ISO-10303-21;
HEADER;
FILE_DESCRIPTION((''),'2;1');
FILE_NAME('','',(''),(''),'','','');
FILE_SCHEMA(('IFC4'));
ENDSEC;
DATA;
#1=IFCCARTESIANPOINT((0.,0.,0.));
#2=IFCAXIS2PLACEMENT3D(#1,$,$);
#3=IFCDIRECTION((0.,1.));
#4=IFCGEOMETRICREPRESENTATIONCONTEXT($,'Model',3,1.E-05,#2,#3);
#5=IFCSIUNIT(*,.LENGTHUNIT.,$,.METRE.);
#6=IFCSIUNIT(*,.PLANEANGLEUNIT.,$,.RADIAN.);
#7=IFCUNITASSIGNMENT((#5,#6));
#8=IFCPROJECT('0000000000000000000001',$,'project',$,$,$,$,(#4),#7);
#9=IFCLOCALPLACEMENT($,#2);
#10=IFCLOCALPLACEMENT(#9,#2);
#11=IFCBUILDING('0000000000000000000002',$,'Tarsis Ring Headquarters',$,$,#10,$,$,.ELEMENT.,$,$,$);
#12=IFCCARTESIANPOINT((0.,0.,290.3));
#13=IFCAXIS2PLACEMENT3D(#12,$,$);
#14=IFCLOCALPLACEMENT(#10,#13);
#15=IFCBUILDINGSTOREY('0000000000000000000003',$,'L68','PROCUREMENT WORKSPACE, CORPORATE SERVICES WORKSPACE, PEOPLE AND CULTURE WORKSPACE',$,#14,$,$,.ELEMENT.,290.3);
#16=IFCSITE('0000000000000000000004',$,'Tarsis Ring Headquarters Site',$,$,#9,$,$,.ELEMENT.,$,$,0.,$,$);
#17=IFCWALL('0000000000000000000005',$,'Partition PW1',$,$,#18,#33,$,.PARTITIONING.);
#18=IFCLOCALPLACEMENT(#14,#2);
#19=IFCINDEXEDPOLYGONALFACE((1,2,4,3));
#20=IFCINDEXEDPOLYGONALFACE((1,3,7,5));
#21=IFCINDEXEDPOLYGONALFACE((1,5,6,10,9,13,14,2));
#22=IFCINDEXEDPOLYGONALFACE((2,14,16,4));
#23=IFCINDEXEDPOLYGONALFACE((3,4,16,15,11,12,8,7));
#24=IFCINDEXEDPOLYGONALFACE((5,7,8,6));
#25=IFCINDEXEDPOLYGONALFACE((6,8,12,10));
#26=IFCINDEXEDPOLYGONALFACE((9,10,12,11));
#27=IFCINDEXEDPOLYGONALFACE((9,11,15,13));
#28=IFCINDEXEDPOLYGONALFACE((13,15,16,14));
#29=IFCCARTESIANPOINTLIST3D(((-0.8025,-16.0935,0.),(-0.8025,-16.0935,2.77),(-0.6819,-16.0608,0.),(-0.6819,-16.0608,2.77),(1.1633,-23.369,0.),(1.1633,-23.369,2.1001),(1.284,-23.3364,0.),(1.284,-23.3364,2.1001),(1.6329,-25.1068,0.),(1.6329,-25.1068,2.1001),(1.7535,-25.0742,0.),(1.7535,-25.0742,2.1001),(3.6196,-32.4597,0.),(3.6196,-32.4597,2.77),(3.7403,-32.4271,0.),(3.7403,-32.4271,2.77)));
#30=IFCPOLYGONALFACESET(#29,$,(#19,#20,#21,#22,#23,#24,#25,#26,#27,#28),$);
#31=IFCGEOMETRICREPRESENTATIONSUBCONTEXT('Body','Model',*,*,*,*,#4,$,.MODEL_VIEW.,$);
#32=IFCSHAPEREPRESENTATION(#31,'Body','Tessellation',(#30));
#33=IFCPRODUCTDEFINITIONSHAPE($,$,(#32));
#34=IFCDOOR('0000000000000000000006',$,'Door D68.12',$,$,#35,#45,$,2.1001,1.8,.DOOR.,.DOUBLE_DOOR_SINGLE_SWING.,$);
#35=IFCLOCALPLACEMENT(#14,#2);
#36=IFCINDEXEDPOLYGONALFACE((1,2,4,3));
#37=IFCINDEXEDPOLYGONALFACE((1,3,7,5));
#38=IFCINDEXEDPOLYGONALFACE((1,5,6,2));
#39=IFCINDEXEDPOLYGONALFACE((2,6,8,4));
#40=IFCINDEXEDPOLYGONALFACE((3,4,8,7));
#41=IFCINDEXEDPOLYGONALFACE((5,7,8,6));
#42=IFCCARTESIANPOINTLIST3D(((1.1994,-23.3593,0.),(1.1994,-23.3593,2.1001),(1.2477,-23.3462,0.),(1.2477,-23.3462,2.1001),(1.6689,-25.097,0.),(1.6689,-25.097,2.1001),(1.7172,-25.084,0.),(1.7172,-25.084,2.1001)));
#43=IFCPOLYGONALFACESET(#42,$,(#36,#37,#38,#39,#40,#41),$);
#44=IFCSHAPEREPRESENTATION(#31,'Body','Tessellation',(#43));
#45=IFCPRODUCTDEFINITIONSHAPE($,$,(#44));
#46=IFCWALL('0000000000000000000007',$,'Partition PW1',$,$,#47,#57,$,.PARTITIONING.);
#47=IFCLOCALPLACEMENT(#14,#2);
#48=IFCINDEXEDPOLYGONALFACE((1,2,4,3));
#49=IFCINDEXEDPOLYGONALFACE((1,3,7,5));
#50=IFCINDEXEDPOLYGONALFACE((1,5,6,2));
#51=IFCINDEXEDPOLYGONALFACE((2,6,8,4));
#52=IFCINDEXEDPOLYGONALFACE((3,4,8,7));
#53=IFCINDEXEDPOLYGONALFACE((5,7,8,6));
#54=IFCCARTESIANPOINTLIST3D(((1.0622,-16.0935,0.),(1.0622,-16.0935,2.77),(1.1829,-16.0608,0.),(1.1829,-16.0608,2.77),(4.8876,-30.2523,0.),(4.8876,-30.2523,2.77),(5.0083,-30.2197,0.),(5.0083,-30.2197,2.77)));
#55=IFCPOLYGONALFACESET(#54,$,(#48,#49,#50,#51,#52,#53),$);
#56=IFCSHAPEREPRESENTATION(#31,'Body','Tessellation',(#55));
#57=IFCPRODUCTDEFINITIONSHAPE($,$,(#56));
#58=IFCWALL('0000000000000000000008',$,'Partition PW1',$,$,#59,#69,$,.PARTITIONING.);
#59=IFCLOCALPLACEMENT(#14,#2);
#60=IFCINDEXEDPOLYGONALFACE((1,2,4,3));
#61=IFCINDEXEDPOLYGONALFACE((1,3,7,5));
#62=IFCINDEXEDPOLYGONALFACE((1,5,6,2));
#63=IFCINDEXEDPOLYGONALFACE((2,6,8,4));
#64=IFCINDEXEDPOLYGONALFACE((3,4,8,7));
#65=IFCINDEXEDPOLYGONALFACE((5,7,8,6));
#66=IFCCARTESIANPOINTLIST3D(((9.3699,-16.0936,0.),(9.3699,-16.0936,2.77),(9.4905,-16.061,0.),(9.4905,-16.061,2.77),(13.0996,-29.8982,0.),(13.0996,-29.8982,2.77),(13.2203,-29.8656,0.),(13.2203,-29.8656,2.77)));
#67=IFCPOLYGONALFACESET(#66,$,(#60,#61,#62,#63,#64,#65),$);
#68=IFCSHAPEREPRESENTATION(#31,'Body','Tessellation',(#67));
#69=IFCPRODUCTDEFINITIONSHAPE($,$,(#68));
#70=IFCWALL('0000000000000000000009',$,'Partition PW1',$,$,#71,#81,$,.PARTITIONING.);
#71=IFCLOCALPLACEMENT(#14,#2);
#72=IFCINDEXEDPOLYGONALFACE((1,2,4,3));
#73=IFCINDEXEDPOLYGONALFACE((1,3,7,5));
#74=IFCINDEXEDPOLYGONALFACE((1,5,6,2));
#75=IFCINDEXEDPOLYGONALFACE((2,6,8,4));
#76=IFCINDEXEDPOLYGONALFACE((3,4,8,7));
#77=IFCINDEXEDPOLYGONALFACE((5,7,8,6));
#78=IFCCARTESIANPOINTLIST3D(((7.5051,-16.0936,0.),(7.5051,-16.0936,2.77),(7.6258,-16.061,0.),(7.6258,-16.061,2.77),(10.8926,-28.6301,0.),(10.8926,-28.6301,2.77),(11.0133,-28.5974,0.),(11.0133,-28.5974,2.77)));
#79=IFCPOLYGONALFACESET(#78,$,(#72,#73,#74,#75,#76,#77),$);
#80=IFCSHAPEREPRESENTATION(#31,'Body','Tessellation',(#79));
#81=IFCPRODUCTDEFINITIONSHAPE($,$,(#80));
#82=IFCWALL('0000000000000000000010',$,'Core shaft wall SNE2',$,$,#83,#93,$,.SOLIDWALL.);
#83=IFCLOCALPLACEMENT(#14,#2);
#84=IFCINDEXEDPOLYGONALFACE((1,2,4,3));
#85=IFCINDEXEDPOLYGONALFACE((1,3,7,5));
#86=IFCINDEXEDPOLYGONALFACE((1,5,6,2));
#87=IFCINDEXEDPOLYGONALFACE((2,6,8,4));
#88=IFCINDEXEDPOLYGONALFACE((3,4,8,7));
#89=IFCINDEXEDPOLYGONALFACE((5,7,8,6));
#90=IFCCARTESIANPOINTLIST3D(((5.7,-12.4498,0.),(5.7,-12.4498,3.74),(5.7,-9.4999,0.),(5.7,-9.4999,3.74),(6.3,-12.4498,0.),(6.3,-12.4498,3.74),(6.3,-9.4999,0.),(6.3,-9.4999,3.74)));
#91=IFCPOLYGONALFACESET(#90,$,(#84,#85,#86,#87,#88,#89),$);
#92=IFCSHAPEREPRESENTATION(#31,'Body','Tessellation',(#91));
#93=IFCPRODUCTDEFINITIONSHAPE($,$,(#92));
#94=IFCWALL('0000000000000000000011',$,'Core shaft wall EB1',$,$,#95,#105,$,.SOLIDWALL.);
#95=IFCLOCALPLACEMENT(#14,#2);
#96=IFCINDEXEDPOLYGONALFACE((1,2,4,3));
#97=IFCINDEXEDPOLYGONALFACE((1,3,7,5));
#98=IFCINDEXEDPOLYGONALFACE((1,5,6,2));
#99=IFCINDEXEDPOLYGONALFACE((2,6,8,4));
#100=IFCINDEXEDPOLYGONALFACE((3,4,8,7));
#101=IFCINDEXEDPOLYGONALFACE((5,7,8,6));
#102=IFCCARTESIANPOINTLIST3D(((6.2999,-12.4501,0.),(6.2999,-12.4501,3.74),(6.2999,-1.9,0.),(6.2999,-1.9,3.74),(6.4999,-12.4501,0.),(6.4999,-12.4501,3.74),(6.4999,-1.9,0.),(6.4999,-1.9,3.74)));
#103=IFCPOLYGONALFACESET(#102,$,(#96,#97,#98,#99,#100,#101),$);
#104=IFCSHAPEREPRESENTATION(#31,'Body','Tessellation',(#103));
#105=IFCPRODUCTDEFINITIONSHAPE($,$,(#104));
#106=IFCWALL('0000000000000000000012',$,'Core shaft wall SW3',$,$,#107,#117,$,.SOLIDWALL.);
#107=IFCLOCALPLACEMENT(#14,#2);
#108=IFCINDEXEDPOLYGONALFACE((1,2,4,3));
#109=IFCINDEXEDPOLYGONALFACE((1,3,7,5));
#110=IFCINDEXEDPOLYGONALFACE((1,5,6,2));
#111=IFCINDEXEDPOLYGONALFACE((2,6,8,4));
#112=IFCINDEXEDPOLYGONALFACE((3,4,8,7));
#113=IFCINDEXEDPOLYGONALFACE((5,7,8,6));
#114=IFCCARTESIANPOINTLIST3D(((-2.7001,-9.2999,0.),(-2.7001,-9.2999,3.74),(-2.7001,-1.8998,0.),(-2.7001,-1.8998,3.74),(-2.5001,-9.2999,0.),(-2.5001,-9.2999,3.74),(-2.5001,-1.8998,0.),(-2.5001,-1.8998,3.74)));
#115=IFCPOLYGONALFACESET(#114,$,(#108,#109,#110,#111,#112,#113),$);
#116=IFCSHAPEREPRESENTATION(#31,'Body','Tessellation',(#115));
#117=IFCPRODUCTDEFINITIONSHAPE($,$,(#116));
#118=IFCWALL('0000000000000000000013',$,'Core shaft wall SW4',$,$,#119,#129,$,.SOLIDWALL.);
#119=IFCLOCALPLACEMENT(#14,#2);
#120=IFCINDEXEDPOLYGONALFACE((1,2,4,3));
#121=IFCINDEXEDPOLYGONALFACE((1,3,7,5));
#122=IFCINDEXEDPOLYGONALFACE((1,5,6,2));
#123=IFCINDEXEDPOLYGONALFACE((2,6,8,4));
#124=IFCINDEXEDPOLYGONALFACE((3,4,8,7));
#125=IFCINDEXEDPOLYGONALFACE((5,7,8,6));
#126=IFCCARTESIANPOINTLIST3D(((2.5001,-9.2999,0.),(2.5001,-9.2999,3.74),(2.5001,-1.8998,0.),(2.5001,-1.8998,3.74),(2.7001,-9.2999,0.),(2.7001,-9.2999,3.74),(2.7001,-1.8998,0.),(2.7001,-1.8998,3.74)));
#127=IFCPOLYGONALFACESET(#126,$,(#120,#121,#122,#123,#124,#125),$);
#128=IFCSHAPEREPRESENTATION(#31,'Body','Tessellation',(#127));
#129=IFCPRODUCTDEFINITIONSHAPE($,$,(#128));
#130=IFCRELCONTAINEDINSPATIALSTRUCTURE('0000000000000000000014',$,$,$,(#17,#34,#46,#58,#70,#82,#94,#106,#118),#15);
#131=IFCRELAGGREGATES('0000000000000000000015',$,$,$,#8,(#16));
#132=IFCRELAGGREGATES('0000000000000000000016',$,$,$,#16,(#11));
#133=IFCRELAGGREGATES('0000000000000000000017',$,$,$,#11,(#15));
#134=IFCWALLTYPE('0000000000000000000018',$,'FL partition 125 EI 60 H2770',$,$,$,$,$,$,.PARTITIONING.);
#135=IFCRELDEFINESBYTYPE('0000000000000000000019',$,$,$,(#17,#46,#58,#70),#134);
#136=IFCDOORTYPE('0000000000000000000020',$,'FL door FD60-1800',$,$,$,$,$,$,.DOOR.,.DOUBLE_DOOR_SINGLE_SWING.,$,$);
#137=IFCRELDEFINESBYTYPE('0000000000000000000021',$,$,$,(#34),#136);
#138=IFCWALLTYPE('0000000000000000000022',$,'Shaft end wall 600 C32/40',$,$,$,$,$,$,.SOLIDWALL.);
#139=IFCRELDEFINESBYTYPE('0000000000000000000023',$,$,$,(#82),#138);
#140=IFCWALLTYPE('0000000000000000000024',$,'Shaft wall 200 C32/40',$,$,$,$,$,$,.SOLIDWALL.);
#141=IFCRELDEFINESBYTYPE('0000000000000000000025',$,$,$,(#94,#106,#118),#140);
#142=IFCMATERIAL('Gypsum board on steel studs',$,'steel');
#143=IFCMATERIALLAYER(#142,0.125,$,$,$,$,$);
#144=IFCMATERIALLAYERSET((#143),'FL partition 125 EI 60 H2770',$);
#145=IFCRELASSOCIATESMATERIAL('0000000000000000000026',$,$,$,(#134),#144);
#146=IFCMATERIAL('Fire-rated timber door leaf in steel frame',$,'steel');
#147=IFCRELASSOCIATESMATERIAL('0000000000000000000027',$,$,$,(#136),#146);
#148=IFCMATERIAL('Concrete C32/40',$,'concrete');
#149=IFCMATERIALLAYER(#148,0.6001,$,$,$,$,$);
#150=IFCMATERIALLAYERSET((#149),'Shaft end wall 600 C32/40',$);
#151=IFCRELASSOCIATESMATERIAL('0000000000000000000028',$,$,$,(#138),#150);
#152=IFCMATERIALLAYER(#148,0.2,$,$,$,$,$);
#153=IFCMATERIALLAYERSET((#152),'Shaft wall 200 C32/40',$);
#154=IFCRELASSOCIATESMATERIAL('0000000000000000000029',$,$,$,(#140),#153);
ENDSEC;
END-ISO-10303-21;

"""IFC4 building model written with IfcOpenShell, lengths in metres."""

from ifc_helpers import new_model, si_unit, direction, frame, frame_2d, origin, place, context, subcontext, project, spatial, rectangle, extrude, material, layer, layer_set, type_object, element, fill, save


model = new_model("IFC4")

# Units and contexts
model_context = context("Model", 3, precision=1e-05, world=origin(), true_north=direction((0.0, 1.0)))
body_context = subcontext(model_context, "Body", "Model", "MODEL_VIEW")
ifc_project = project(units=[si_unit("LENGTHUNIT", "METRE"), si_unit("PLANEANGLEUNIT", "RADIAN")], contexts=[model_context])

# Site, building, storey
site_placement = place(None, origin())
site = spatial("IfcSite", under=ifc_project, at=site_placement, Name="Tarsis Ring Headquarters Site", CompositionType="ELEMENT", RefElevation=0.0)
building_placement = place(site_placement, origin())
building = spatial("IfcBuilding", under=site, at=building_placement, Name="Tarsis Ring Headquarters", CompositionType="ELEMENT")
storey_placement = place(building_placement, frame((0.0, 0.0, 290.3)))
storey = spatial("IfcBuildingStorey", under=building, at=storey_placement, Name="L68", Description="PROCUREMENT WORKSPACE, CORPORATE SERVICES WORKSPACE, PEOPLE AND CULTURE WORKSPACE", CompositionType="ELEMENT", Elevation=290.3)

# Shared definitions
ifc_material_1 = material(Name="Gypsum board on steel studs", Category="steel")

# Wall, opening, door
ifc_layer_1 = layer(ifc_material_1, 0.125)
ifc_layer_set_1 = layer_set([ifc_layer_1], Name="FL partition 125 EI 60 H2770")
wall_type_1 = type_object("IfcWallType", Name="FL partition 125 EI 60 H2770", PredefinedType="PARTITIONING", material=ifc_layer_set_1)
wall_1_placement = place(storey_placement, frame((-0.7422, -16.0771, 0.0), z_axis=(0.0, 0.0, 1.0), x_axis=(0.260844, -0.965381, 0.0)))
wall_1 = element("IfcWall", 1, at=wall_1_placement, inside=storey, type_object=wall_type_1, Name="Partition PW1", PredefinedType="PARTITIONING", context=body_context, shape_type="SweptSolid", body=[
    extrude(rectangle(XDim=16.9531, YDim=0.125, at=frame_2d((8.4766, 0.0))), origin(), (0.0, 0.0, 1.0), 2.77),
])
opening_1_placement = place(wall_1_placement, frame((7.5366, 0.0, 0.0)))
opening_1 = element("IfcOpeningElement", 2, at=opening_1_placement, cuts=wall_1, PredefinedType="OPENING", context=body_context, shape_type="SweptSolid", body=[
    extrude(rectangle(XDim=1.8, YDim=2.1001, at=frame_2d((0.8999, 1.05))), frame((0.0, 0.0725, 0.0), z_axis=(0.0, -1.0, 0.0), x_axis=(1.0, 0.0, 0.0)), (0.0, 0.0, 1.0), 0.145),
])
ifc_material_2 = material(Name="Fire-rated timber door leaf in steel frame", Category="steel")
door_type_1 = type_object("IfcDoorType", Name="FL door FD60-1800", OperationType="DOUBLE_DOOR_SINGLE_SWING", PredefinedType="DOOR", material=ifc_material_2)
door_1_placement = place(opening_1_placement, origin())
door_1 = element("IfcDoor", 3, at=door_1_placement, inside=storey, type_object=door_type_1, Name="Door D68.12", OperationType="DOUBLE_DOOR_SINGLE_SWING", OverallHeight=2.1001, OverallWidth=1.8, PredefinedType="DOOR", context=body_context, shape_type="SweptSolid", body=[
    extrude(rectangle(XDim=1.8, YDim=2.1001, at=frame_2d((0.8999, 1.05))), frame((0.0, 0.0249, 0.0), z_axis=(0.0, -1.0, 0.0), x_axis=(1.0, 0.0, 0.0)), (0.0, 0.0, 1.0), 0.05),
])
fill(opening_1, door_1)

# Walls
wall_2_placement = place(storey_placement, frame((1.1226, -16.0771, 0.0), z_axis=(0.0, 0.0, 1.0), x_axis=(0.260826, -0.965386, 0.0)))
element("IfcWall", 4, at=wall_2_placement, inside=storey, type_object=wall_type_1, Name="Partition PW1", PredefinedType="PARTITIONING", context=body_context, shape_type="SweptSolid", body=[
    extrude(rectangle(XDim=14.6665, YDim=0.125, at=frame_2d((7.3333, 0.0))), origin(), (0.0, 0.0, 1.0), 2.77),
])
wall_3_placement = place(storey_placement, frame((9.4302, -16.0771, 0.0), z_axis=(0.0, 0.0, 1.0), x_axis=(0.260827, -0.965386, 0.0)))
element("IfcWall", 5, at=wall_3_placement, inside=storey, type_object=wall_type_1, Name="Partition PW1", PredefinedType="PARTITIONING", context=body_context, shape_type="SweptSolid", body=[
    extrude(rectangle(XDim=14.2996, YDim=0.125, at=frame_2d((7.1499, 0.0))), origin(), (0.0, 0.0, 1.0), 2.77),
])
wall_4_placement = place(storey_placement, frame((7.5654, -16.0771, 0.0), z_axis=(0.0, 0.0, 1.0), x_axis=(0.260855, -0.965378, 0.0)))
element("IfcWall", 6, at=wall_4_placement, inside=storey, type_object=wall_type_1, Name="Partition PW1", PredefinedType="PARTITIONING", context=body_context, shape_type="SweptSolid", body=[
    extrude(rectangle(XDim=12.9861, YDim=0.125, at=frame_2d((6.4932, 0.0))), origin(), (0.0, 0.0, 1.0), 2.77),
])
ifc_material_3 = material(Name="Concrete C32/40", Category="concrete")
ifc_layer_2 = layer(ifc_material_3, 0.6001)
ifc_layer_set_2 = layer_set([ifc_layer_2], Name="Shaft end wall 600 C32/40")
wall_type_2 = type_object("IfcWallType", Name="Shaft end wall 600 C32/40", PredefinedType="SOLIDWALL", material=ifc_layer_set_2)
wall_5_placement = place(storey_placement, frame((6.0, -12.45, 0.0), z_axis=(0.0, 0.0, 1.0), x_axis=(0.0, 1.0, 0.0)))
element("IfcWall", 7, at=wall_5_placement, inside=storey, type_object=wall_type_2, Name="Core shaft wall SNE2", PredefinedType="SOLIDWALL", context=body_context, shape_type="SweptSolid", body=[
    extrude(rectangle(XDim=2.95, YDim=0.6001, at=frame_2d((1.4751, 0.0))), origin(), (0.0, 0.0, 1.0), 3.74),
])
ifc_layer_3 = layer(ifc_material_3, 0.2)
ifc_layer_set_3 = layer_set([ifc_layer_3], Name="Shaft wall 200 C32/40")
wall_type_3 = type_object("IfcWallType", Name="Shaft wall 200 C32/40", PredefinedType="SOLIDWALL", material=ifc_layer_set_3)
wall_6_placement = place(storey_placement, frame((6.3999, -12.45, 0.0), z_axis=(0.0, 0.0, 1.0), x_axis=(0.0, 1.0, 0.0)))
element("IfcWall", 8, at=wall_6_placement, inside=storey, type_object=wall_type_3, Name="Core shaft wall EB1", PredefinedType="SOLIDWALL", context=body_context, shape_type="SweptSolid", body=[
    extrude(rectangle(XDim=10.55, YDim=0.2, at=frame_2d((5.2749, 0.0))), origin(), (0.0, 0.0, 1.0), 3.74),
])
for number, where, z_axis, x_axis, name in (
    (9, (-2.6001, -9.3, 0.0), (0.0, 0.0, 1.0), (0.0, 1.0, 0.0), "Core shaft wall SW3"),
    (10, (2.6001, -9.3, 0.0), (0.0, 0.0, 1.0), (0.0, 1.0, 0.0), "Core shaft wall SW4"),
):
    element("IfcWall", number, at=place(storey_placement, frame(where, z_axis=z_axis, x_axis=x_axis)), inside=storey, type_object=wall_type_3, Name=name, PredefinedType="SOLIDWALL", context=body_context, shape_type="SweptSolid", body=[
        extrude(rectangle(XDim=7.4001, YDim=0.2, at=frame_2d((3.7002, 0.0))), origin(), (0.0, 0.0, 1.0), 3.74),
    ])

save(model, "model.ifc")
